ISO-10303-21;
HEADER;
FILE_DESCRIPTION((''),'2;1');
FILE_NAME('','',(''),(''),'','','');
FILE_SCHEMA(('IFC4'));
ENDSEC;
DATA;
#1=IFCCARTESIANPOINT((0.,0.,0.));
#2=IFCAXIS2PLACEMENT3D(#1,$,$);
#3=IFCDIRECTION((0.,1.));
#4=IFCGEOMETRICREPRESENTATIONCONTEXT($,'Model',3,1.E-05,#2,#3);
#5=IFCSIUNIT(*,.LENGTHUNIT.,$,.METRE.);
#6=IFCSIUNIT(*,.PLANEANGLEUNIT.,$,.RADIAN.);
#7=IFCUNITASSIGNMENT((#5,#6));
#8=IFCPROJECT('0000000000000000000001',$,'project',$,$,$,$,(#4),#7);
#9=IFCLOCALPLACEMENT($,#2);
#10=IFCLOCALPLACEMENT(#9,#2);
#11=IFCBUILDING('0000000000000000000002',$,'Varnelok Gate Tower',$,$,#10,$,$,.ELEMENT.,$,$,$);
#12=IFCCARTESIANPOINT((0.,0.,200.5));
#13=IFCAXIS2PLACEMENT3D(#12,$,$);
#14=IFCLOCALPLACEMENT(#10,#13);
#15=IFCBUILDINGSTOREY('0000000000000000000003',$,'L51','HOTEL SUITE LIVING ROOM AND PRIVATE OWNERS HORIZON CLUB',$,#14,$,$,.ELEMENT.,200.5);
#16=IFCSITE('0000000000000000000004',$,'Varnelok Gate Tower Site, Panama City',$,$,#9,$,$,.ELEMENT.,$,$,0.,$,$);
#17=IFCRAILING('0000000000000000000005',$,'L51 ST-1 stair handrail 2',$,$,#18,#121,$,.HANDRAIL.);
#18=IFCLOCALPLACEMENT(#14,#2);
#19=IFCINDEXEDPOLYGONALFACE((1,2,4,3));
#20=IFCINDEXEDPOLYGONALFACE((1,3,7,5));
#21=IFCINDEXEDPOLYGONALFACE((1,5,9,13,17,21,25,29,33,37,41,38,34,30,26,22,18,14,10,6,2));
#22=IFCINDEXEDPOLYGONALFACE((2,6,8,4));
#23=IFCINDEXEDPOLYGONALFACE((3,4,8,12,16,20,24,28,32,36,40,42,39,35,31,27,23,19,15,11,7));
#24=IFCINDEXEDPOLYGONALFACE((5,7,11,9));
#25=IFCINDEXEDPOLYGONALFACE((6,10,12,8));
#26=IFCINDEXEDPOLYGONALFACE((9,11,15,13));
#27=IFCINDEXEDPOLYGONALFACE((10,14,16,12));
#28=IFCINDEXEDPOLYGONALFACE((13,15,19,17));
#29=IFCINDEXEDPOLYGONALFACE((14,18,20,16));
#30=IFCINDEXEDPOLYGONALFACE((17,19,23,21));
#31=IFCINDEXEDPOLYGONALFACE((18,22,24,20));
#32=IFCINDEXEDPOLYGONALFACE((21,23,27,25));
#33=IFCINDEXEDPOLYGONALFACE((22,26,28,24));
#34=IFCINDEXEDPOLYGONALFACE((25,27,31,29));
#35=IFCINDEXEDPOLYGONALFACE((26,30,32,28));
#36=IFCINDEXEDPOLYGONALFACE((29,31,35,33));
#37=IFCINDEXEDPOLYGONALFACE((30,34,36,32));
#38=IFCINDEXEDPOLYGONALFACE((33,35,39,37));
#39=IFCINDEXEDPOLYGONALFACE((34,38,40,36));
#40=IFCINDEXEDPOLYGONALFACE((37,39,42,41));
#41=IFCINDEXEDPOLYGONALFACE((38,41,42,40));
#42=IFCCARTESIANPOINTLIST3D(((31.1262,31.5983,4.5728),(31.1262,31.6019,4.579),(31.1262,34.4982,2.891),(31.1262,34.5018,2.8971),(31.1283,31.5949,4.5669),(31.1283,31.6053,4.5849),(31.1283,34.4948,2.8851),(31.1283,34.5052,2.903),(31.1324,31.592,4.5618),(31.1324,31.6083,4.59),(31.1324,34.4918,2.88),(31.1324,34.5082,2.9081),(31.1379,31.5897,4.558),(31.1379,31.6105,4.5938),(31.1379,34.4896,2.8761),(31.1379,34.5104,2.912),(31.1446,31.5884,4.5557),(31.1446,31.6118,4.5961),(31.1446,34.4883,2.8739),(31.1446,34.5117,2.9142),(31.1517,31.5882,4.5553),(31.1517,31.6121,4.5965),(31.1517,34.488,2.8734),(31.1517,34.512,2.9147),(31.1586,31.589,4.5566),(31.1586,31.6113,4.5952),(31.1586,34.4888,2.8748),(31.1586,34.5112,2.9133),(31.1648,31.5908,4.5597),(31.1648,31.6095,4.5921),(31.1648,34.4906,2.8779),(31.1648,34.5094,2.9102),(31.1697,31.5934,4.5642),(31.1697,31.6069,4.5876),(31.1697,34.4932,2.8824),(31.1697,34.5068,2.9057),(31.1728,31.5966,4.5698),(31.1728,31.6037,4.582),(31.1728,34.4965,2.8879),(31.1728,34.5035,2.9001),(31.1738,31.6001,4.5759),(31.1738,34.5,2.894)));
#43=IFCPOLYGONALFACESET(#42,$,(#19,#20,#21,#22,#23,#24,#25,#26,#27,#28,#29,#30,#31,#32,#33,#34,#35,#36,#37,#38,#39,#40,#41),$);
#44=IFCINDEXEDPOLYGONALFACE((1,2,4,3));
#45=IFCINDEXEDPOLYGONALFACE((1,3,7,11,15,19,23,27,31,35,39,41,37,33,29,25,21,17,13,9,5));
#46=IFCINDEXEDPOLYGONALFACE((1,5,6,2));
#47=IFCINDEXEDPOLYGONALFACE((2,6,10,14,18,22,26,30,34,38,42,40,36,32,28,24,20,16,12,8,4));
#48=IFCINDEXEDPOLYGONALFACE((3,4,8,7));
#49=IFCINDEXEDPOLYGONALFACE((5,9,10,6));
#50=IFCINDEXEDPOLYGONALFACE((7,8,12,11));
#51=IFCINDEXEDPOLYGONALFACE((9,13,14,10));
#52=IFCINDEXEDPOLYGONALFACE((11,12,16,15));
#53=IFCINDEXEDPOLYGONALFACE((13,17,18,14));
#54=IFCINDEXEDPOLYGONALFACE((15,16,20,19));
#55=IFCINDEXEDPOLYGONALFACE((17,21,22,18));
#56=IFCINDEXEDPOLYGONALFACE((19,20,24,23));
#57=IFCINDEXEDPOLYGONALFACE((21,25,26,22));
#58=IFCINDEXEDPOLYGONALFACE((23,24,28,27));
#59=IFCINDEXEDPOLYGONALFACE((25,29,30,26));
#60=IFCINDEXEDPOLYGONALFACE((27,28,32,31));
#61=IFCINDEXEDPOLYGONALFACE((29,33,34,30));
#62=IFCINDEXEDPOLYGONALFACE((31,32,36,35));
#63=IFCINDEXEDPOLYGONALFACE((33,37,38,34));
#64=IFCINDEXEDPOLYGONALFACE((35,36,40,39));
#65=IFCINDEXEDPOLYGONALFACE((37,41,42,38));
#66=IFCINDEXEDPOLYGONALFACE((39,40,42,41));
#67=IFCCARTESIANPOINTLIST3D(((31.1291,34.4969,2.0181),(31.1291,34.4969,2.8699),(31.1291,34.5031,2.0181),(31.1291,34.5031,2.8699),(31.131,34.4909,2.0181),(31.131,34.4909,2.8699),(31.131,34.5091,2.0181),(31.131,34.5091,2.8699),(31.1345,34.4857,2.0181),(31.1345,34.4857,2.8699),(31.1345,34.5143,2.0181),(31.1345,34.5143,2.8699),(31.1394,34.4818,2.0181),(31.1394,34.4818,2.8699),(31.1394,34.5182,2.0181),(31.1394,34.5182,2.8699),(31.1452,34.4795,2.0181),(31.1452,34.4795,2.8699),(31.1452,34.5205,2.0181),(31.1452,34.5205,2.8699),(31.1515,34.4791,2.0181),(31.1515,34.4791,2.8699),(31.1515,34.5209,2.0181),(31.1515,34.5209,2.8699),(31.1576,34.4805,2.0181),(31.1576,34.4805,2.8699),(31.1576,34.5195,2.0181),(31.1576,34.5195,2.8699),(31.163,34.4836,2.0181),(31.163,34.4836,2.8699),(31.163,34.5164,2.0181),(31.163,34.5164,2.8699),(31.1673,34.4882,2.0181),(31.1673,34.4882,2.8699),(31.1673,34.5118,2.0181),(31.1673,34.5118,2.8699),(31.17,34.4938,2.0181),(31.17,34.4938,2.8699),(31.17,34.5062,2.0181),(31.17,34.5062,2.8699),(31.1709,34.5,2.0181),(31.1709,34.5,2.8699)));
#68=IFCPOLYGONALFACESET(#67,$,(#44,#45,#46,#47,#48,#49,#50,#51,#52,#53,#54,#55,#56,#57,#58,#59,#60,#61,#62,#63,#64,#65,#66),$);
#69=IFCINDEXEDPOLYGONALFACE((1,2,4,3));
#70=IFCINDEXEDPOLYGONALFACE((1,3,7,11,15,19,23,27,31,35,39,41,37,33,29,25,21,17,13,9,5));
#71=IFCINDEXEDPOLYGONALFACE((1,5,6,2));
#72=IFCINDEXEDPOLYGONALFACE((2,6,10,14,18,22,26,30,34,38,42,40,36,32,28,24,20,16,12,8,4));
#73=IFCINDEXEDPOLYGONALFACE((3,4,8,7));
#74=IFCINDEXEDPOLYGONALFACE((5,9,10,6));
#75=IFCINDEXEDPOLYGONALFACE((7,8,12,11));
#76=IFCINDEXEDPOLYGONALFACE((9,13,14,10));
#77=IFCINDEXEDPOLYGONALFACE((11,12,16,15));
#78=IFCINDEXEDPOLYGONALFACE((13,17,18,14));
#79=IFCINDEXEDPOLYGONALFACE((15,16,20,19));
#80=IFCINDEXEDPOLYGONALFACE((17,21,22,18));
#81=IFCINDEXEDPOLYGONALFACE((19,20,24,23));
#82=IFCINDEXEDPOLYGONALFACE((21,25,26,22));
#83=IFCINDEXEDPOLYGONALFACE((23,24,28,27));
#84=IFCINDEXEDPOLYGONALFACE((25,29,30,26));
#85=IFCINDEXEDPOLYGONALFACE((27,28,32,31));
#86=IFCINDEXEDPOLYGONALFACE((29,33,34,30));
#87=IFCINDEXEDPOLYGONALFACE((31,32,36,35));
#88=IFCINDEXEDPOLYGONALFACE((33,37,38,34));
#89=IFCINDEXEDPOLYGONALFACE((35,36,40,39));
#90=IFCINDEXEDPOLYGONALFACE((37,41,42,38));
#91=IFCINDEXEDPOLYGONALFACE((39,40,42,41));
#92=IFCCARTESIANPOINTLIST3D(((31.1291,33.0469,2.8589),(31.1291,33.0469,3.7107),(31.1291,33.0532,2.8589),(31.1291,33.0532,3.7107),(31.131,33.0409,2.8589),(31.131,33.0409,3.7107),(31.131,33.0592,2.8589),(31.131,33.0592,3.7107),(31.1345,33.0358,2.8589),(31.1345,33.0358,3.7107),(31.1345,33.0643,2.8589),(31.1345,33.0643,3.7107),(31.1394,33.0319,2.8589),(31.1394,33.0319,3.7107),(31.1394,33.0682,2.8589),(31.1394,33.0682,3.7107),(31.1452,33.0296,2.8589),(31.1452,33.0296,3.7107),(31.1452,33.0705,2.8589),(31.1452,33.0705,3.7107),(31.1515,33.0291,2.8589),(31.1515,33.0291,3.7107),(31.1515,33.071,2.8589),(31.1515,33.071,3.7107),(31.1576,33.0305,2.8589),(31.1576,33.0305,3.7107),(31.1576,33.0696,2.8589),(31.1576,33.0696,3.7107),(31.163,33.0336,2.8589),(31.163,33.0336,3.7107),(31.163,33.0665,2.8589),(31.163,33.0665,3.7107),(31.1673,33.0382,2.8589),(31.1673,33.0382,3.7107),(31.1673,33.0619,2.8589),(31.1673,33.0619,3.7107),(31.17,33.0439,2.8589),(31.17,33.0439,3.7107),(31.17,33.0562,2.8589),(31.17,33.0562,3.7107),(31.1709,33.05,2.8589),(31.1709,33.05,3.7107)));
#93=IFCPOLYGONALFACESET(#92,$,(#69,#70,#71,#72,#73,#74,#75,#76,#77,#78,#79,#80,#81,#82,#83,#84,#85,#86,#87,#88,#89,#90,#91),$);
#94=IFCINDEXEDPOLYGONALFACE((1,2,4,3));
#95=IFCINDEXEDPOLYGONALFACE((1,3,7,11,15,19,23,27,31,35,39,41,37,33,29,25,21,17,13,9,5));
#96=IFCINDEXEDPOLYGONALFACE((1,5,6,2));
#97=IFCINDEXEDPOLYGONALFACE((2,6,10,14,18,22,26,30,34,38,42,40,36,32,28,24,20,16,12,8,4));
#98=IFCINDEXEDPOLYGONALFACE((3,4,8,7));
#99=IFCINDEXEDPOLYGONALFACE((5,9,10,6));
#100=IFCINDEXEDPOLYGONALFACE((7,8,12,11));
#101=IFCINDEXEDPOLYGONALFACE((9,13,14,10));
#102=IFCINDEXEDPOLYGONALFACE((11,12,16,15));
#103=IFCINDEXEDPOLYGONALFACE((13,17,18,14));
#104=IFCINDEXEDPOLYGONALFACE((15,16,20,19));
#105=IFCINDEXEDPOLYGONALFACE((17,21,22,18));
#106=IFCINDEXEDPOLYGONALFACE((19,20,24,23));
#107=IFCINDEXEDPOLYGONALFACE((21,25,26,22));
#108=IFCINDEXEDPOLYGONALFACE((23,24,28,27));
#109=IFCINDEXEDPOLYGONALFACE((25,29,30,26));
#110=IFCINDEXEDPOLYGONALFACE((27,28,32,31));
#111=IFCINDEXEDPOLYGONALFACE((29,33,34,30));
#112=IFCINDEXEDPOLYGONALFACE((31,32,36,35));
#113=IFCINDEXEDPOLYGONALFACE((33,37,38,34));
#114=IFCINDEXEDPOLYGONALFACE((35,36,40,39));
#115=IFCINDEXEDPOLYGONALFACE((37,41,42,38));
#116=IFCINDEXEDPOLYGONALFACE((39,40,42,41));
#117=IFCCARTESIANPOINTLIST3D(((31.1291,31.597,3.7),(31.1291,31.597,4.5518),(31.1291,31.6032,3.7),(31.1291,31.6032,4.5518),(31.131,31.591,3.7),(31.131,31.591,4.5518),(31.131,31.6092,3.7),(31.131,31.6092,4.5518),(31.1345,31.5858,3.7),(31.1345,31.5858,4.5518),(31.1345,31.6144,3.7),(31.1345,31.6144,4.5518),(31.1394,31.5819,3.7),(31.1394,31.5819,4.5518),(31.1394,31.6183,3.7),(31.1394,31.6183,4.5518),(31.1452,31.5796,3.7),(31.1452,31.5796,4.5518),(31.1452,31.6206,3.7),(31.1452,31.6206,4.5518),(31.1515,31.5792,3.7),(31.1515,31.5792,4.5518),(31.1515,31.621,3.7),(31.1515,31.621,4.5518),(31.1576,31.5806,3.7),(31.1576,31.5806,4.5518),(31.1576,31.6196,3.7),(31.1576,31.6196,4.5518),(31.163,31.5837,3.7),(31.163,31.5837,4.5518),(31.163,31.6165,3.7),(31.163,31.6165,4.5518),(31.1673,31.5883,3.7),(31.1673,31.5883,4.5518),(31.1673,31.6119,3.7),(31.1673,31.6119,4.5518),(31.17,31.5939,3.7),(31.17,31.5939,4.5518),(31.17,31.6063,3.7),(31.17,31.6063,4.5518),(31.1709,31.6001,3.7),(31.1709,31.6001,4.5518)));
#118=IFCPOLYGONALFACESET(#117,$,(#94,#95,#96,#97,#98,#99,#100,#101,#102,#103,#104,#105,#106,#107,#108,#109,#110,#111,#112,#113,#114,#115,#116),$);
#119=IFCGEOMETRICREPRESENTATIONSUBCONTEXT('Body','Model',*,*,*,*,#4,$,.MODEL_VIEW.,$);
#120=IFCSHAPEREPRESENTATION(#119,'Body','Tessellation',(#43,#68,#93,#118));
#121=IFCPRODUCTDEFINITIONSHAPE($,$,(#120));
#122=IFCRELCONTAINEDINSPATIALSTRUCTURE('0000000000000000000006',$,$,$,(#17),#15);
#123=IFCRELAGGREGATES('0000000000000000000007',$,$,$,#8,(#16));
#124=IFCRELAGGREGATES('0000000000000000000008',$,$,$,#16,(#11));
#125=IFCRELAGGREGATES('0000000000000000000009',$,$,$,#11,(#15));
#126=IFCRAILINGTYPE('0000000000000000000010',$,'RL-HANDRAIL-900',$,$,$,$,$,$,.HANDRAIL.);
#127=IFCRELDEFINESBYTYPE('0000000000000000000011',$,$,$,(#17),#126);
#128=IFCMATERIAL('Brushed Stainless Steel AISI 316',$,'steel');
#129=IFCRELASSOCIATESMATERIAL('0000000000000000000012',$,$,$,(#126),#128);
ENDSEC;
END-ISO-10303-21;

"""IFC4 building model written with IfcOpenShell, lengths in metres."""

from ifc_helpers import new_model, si_unit, direction, frame, origin, origin_2d, place, context, subcontext, project, spatial, circle, extrude, material, type_object, element, save


model = new_model("IFC4")

# Units and contexts
model_context = context("Model", 3, precision=1e-05, world=origin(), true_north=direction((0.0, 1.0)))
body_context = subcontext(model_context, "Body", "Model", "MODEL_VIEW")
ifc_project = project(units=[si_unit("LENGTHUNIT", "METRE"), si_unit("PLANEANGLEUNIT", "RADIAN")], contexts=[model_context])

# Site, building, storey
site_placement = place(None, origin())
site = spatial("IfcSite", under=ifc_project, at=site_placement, Name="Varnelok Gate Tower Site, Panama City", CompositionType="ELEMENT", RefElevation=0.0)
building_placement = place(site_placement, origin())
building = spatial("IfcBuilding", under=site, at=building_placement, Name="Varnelok Gate Tower", CompositionType="ELEMENT")
storey_placement = place(building_placement, frame((0.0, 0.0, 200.5)))
storey = spatial("IfcBuildingStorey", under=building, at=storey_placement, Name="L51", Description="HOTEL SUITE LIVING ROOM AND PRIVATE OWNERS HORIZON CLUB", CompositionType="ELEMENT", Elevation=200.5)

# Railing
ifc_material_1 = material(Name="Brushed Stainless Steel AISI 316", Category="steel")
railing_type_1 = type_object("IfcRailingType", Name="RL-HANDRAIL-900", PredefinedType="HANDRAIL", material=ifc_material_1)
railing_1_placement = place(storey_placement, frame((31.1499, 34.5, 2.0181)))
element("IfcRailing", 1, at=railing_1_placement, inside=storey, type_object=railing_type_1, Name="L51 ST-1 stair handrail 2", PredefinedType="HANDRAIL", context=body_context, shape_type="SweptSolid", body=[
    extrude(circle(Radius=0.0239, at=origin_2d()), frame((0.0, 0.0, 0.876), z_axis=(0.0, -0.865039, 0.501705), x_axis=(1.0, 0.0, 0.0)), (0.0, 0.0, 1.0), 3.3523),
    extrude(circle(Radius=0.021, at=origin_2d()), origin(), (0.0, 0.0, 1.0), 0.8518),
    extrude(circle(Radius=0.021, at=origin_2d()), frame((0.0, -1.45, 0.8408)), (0.0, 0.0, 1.0), 0.8518),
    extrude(circle(Radius=0.021, at=origin_2d()), frame((0.0, -2.8999, 1.6819)), (0.0, 0.0, 1.0), 0.8518),
])

save(model, "model.ifc")
